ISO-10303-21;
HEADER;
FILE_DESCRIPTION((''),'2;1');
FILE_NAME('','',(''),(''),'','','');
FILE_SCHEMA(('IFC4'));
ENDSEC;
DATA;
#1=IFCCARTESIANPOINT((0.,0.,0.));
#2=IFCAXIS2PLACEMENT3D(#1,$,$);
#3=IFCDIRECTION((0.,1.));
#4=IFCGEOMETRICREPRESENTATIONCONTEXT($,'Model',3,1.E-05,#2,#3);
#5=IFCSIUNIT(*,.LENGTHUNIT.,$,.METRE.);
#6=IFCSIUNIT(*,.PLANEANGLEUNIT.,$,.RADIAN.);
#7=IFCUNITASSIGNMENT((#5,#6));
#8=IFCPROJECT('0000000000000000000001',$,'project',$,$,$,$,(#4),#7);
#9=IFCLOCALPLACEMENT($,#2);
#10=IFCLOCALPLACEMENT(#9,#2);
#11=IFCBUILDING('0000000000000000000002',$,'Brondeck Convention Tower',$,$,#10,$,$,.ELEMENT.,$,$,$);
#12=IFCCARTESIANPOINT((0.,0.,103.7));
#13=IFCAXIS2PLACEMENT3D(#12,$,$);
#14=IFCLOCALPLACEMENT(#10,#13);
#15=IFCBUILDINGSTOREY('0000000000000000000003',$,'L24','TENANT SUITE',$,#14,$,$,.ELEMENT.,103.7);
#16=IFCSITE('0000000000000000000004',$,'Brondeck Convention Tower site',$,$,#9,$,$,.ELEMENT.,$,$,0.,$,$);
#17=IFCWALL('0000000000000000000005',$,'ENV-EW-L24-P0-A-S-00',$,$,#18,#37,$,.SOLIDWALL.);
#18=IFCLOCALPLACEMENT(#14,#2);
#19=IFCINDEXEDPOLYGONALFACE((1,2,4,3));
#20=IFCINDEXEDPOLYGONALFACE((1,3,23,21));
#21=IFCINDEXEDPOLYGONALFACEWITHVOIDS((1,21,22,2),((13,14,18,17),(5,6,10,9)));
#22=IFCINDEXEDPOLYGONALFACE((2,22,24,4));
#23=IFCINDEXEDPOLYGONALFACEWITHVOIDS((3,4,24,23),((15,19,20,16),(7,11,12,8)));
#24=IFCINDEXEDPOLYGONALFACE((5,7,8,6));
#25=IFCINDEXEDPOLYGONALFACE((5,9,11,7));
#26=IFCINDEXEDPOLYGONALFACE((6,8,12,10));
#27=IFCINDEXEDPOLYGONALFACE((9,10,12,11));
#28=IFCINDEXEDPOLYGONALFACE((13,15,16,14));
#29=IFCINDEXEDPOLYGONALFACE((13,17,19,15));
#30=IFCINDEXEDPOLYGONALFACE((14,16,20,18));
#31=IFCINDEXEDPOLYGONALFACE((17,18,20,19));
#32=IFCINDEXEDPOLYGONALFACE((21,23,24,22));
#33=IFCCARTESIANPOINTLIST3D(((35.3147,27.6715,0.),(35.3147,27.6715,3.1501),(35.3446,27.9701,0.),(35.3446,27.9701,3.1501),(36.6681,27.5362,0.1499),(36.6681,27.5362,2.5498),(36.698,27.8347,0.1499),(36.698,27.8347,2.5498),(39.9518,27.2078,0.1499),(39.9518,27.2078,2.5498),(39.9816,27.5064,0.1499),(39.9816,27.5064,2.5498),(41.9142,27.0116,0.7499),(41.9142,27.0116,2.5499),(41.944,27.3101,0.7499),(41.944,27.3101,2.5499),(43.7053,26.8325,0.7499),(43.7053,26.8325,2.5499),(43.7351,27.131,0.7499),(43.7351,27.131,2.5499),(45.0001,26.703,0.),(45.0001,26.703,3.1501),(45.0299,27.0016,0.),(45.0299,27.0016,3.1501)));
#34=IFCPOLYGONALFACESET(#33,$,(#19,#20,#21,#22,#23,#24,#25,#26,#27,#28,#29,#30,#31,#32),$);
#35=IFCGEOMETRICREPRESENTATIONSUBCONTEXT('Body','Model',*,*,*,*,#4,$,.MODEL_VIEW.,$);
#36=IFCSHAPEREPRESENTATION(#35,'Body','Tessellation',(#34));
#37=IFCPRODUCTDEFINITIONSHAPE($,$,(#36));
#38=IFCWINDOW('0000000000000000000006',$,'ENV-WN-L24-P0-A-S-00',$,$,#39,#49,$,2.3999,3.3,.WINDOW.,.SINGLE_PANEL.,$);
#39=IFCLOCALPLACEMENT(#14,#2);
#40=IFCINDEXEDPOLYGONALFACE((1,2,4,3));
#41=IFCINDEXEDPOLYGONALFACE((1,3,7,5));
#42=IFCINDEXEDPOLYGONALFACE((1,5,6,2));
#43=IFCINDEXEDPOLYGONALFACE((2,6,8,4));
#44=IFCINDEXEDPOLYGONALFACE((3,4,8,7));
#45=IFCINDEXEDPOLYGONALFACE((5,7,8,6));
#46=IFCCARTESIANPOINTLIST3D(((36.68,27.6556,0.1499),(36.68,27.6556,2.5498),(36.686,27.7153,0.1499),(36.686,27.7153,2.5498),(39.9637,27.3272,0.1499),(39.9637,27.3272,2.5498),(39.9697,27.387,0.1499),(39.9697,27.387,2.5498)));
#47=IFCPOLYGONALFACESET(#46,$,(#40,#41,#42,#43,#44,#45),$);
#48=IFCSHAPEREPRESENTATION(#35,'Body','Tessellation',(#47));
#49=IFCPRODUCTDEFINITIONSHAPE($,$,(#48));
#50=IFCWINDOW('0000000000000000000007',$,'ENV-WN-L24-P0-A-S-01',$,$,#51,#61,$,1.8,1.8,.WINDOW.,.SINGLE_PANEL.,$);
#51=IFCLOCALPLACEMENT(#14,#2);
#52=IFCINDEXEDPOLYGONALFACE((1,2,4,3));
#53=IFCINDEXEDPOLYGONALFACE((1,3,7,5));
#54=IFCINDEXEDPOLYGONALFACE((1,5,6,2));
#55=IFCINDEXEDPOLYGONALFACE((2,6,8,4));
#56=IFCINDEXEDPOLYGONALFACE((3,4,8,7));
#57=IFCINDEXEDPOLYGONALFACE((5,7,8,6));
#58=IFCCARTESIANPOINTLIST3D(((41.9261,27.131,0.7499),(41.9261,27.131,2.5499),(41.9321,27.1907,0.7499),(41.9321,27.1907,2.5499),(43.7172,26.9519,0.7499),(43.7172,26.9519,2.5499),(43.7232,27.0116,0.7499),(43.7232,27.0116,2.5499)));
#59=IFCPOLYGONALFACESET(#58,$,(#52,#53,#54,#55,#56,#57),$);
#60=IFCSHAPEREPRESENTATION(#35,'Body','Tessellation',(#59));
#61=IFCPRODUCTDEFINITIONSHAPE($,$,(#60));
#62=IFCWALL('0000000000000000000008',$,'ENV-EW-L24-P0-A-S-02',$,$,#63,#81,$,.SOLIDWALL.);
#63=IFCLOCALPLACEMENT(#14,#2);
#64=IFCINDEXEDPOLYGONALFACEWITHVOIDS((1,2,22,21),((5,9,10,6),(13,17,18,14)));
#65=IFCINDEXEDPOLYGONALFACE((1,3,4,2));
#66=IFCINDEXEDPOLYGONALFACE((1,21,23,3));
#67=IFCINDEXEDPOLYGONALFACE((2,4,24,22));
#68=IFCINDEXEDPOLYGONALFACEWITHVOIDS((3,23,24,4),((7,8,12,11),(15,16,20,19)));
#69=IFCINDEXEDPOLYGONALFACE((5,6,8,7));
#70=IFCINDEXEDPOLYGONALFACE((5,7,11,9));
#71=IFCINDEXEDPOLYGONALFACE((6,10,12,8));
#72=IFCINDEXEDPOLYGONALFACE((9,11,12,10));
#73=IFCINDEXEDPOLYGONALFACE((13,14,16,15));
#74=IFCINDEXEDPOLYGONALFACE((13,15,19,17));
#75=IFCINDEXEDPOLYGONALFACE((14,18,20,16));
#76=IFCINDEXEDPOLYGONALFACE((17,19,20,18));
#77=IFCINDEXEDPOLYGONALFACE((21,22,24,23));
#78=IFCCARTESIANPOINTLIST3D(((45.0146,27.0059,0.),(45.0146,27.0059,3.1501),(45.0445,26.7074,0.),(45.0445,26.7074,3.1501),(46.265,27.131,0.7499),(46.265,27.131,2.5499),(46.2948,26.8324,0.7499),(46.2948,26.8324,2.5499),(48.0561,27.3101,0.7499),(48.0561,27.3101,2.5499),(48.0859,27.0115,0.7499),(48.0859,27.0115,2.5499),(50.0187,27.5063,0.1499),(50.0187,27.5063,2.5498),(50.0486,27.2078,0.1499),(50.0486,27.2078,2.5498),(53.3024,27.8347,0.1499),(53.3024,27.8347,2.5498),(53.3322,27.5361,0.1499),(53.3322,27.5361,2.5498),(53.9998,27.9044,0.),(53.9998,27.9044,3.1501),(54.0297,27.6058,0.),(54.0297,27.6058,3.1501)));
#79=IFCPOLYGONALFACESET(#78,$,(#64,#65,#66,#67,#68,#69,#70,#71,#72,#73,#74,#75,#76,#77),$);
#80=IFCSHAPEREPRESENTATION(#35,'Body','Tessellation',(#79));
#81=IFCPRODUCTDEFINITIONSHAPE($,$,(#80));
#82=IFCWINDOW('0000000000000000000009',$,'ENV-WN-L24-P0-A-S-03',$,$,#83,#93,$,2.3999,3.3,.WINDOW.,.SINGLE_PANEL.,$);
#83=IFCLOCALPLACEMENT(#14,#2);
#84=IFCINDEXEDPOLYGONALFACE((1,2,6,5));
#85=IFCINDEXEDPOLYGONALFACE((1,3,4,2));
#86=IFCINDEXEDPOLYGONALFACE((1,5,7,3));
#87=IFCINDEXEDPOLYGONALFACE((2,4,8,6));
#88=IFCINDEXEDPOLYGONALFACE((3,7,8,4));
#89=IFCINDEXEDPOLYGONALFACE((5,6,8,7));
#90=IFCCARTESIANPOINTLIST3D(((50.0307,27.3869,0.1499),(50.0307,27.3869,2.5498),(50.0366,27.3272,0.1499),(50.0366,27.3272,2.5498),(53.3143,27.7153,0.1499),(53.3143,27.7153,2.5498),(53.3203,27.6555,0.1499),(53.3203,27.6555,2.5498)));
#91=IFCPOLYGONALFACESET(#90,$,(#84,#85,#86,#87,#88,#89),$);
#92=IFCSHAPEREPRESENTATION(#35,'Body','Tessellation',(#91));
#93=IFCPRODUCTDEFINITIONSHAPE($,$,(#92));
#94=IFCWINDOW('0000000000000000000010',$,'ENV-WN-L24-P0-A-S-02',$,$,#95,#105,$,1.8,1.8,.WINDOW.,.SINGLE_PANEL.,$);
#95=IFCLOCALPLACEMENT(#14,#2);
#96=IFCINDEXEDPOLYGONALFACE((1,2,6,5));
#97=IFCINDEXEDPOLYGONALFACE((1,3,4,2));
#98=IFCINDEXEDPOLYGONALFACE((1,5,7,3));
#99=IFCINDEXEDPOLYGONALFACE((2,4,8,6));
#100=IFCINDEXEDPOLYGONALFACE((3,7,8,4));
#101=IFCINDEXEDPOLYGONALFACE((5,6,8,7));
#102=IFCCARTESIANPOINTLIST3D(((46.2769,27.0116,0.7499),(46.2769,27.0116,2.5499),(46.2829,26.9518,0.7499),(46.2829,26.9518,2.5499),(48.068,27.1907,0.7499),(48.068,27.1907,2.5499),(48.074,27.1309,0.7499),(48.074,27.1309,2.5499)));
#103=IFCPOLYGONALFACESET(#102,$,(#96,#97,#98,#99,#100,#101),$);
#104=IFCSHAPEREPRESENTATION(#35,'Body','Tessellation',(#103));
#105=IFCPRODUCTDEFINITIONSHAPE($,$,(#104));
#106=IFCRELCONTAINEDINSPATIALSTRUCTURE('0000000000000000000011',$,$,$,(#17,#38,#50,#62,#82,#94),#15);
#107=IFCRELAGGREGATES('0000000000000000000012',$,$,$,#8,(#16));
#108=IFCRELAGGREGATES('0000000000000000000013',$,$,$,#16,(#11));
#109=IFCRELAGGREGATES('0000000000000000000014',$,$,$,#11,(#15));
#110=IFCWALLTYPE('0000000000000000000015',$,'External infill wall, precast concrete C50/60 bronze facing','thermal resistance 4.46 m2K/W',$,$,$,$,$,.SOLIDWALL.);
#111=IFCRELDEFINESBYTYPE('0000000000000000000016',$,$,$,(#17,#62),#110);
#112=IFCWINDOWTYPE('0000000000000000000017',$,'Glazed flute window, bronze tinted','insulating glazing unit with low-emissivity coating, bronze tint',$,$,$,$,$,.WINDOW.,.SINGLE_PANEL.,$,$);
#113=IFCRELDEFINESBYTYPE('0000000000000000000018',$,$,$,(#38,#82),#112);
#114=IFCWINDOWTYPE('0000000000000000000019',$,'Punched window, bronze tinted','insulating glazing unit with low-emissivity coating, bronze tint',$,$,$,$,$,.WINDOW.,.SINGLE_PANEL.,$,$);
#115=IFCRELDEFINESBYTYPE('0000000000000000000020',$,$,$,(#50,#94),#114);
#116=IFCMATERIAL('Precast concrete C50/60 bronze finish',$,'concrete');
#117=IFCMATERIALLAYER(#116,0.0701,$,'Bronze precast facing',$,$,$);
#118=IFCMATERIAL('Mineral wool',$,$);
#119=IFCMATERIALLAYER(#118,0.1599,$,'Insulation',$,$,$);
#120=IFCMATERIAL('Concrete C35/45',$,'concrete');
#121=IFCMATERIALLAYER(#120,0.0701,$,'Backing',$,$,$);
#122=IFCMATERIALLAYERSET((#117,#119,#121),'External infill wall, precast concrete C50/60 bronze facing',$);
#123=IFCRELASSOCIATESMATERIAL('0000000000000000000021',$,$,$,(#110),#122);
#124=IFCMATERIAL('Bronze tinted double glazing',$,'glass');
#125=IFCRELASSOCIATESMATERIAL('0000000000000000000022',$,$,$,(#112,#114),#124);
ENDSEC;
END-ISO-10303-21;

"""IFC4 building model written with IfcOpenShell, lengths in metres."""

from ifc_helpers import new_model, si_unit, direction, frame, frame_2d, origin, place, context, subcontext, project, spatial, rectangle, extrude, material, layer, layer_set, type_object, element, fill, save


model = new_model("IFC4")

# Units and contexts
model_context = context("Model", 3, precision=1e-05, world=origin(), true_north=direction((0.0, 1.0)))
body_context = subcontext(model_context, "Body", "Model", "MODEL_VIEW")
ifc_project = project(units=[si_unit("LENGTHUNIT", "METRE"), si_unit("PLANEANGLEUNIT", "RADIAN")], contexts=[model_context])

# Site, building, storey
site_placement = place(None, origin())
site = spatial("IfcSite", under=ifc_project, at=site_placement, Name="Brondeck Convention Tower site", CompositionType="ELEMENT", RefElevation=0.0)
building_placement = place(site_placement, origin())
building = spatial("IfcBuilding", under=site, at=building_placement, Name="Brondeck Convention Tower", CompositionType="ELEMENT")
storey_placement = place(building_placement, frame((0.0, 0.0, 103.7)))
storey = spatial("IfcBuildingStorey", under=building, at=storey_placement, Name="L24", Description="TENANT SUITE", CompositionType="ELEMENT", Elevation=103.7)

# Walls, openings, windows
ifc_material_1 = material(Name="Precast concrete C50/60 bronze finish", Category="concrete")
ifc_layer_1 = layer(ifc_material_1, 0.0701, Name="Bronze precast facing")
ifc_material_2 = material(Name="Mineral wool")
ifc_layer_2 = layer(ifc_material_2, 0.1599, Name="Insulation")
ifc_material_3 = material(Name="Concrete C35/45", Category="concrete")
ifc_layer_3 = layer(ifc_material_3, 0.0701, Name="Backing")
ifc_layer_set = layer_set([ifc_layer_1, ifc_layer_2, ifc_layer_3], Name="External infill wall, precast concrete C50/60 bronze facing")
wall_type = type_object("IfcWallType", Name="External infill wall, precast concrete C50/60 bronze facing", Description="thermal resistance 4.46 m2K/W", PredefinedType="SOLIDWALL", material=ifc_layer_set)
wall_1_placement = place(storey_placement, frame((45.0149, 26.8523, 0.0), z_axis=(0.0, 0.0, 1.0), x_axis=(-0.995037, 0.099501, 0.0)))
wall_1 = element("IfcWall", 1, at=wall_1_placement, inside=storey, type_object=wall_type, Name="ENV-EW-L24-P0-A-S-00", PredefinedType="SOLIDWALL", context=body_context, shape_type="SweptSolid", body=[
    extrude(rectangle(XDim=9.7336, YDim=0.3, at=frame_2d((4.8667, 0.0))), origin(), (0.0, 0.0, 1.0), 3.1501),
])
opening_1_placement = place(wall_1_placement, frame((1.3013, 0.0, 0.75)))
opening_1 = element("IfcOpeningElement", 2, at=opening_1_placement, cuts=wall_1, PredefinedType="OPENING", context=body_context, shape_type="SweptSolid", body=[
    extrude(rectangle(XDim=1.8, YDim=1.8, at=frame_2d((0.8999, 0.8999))), frame((0.0, 0.1599, 0.0), z_axis=(0.0, -1.0, 0.0), x_axis=(1.0, 0.0, 0.0)), (0.0, 0.0, 1.0), 0.3201),
])
opening_2_placement = place(wall_1_placement, frame((5.0735, 0.0, 0.1499)))
opening_2 = element("IfcOpeningElement", 3, at=opening_2_placement, cuts=wall_1, PredefinedType="OPENING", context=body_context, shape_type="SweptSolid", body=[
    extrude(rectangle(XDim=3.3, YDim=2.3999, at=frame_2d((1.6499, 1.2))), frame((0.0, 0.1599, 0.0), z_axis=(0.0, -1.0, 0.0), x_axis=(1.0, 0.0, 0.0)), (0.0, 0.0, 1.0), 0.3201),
])
ifc_material_4 = material(Name="Bronze tinted double glazing", Category="glass")
window_type_1 = type_object("IfcWindowType", Name="Glazed flute window, bronze tinted", Description="insulating glazing unit with low-emissivity coating, bronze tint", PartitioningType="SINGLE_PANEL", PredefinedType="WINDOW", material=ifc_material_4)
window_1_placement = place(opening_2_placement, origin())
window_1 = element("IfcWindow", 4, at=window_1_placement, inside=storey, type_object=window_type_1, Name="ENV-WN-L24-P0-A-S-00", OverallHeight=2.3999, OverallWidth=3.3, PartitioningType="SINGLE_PANEL", PredefinedType="WINDOW", context=body_context, shape_type="SweptSolid", body=[
    extrude(rectangle(XDim=3.3, YDim=2.3999, at=frame_2d((1.6499, 1.2))), frame((0.0, 0.03, 0.0), z_axis=(0.0, -1.0, 0.0), x_axis=(1.0, 0.0, 0.0)), (0.0, 0.0, 1.0), 0.0601),
])
fill(opening_2, window_1)
window_type_2 = type_object("IfcWindowType", Name="Punched window, bronze tinted", Description="insulating glazing unit with low-emissivity coating, bronze tint", PartitioningType="SINGLE_PANEL", PredefinedType="WINDOW", material=ifc_material_4)
window_2_placement = place(opening_1_placement, origin())
window_2 = element("IfcWindow", 5, at=window_2_placement, inside=storey, type_object=window_type_2, Name="ENV-WN-L24-P0-A-S-01", OverallHeight=1.8, OverallWidth=1.8, PartitioningType="SINGLE_PANEL", PredefinedType="WINDOW", context=body_context, shape_type="SweptSolid", body=[
    extrude(rectangle(XDim=1.8, YDim=1.8, at=frame_2d((0.8999, 0.8999))), frame((0.0, 0.03, 0.0), z_axis=(0.0, -1.0, 0.0), x_axis=(1.0, 0.0, 0.0)), (0.0, 0.0, 1.0), 0.0601),
])
fill(opening_1, window_2)
wall_2_placement = place(storey_placement, frame((54.0149, 27.7551, 0.0), z_axis=(0.0, 0.0, 1.0), x_axis=(-0.995038, -0.099496, 0.0)))
wall_2 = element("IfcWall", 6, at=wall_2_placement, inside=storey, type_object=wall_type, Name="ENV-EW-L24-P0-A-S-02", PredefinedType="SOLIDWALL", context=body_context, shape_type="SweptSolid", body=[
    extrude(rectangle(XDim=9.03, YDim=0.3, at=frame_2d((4.5151, 0.0))), origin(), (0.0, 0.0, 1.0), 3.1501),
])
opening_3_placement = place(wall_2_placement, frame((0.7012, 0.0, 0.1499)))
opening_3 = element("IfcOpeningElement", 7, at=opening_3_placement, cuts=wall_2, PredefinedType="OPENING", context=body_context, shape_type="SweptSolid", body=[
    extrude(rectangle(XDim=3.3, YDim=2.3999, at=frame_2d((1.6499, 1.2))), frame((0.0, 0.1599, 0.0), z_axis=(0.0, -1.0, 0.0), x_axis=(1.0, 0.0, 0.0)), (0.0, 0.0, 1.0), 0.3201),
])
opening_4_placement = place(wall_2_placement, frame((5.9736, 0.0, 0.75)))
opening_4 = element("IfcOpeningElement", 8, at=opening_4_placement, cuts=wall_2, PredefinedType="OPENING", context=body_context, shape_type="SweptSolid", body=[
    extrude(rectangle(XDim=1.8, YDim=1.8, at=frame_2d((0.8999, 0.8999))), frame((0.0, 0.1599, 0.0), z_axis=(0.0, -1.0, 0.0), x_axis=(1.0, 0.0, 0.0)), (0.0, 0.0, 1.0), 0.3201),
])
window_3_placement = place(opening_3_placement, origin())
window_3 = element("IfcWindow", 9, at=window_3_placement, inside=storey, type_object=window_type_1, Name="ENV-WN-L24-P0-A-S-03", OverallHeight=2.3999, OverallWidth=3.3, PartitioningType="SINGLE_PANEL", PredefinedType="WINDOW", context=body_context, shape_type="SweptSolid", body=[
    extrude(rectangle(XDim=3.3, YDim=2.3999, at=frame_2d((1.6499, 1.2))), frame((0.0, 0.03, 0.0), z_axis=(0.0, -1.0, 0.0), x_axis=(1.0, 0.0, 0.0)), (0.0, 0.0, 1.0), 0.0601),
])
fill(opening_3, window_3)
window_4_placement = place(opening_4_placement, origin())
window_4 = element("IfcWindow", 10, at=window_4_placement, inside=storey, type_object=window_type_2, Name="ENV-WN-L24-P0-A-S-02", OverallHeight=1.8, OverallWidth=1.8, PartitioningType="SINGLE_PANEL", PredefinedType="WINDOW", context=body_context, shape_type="SweptSolid", body=[
    extrude(rectangle(XDim=1.8, YDim=1.8, at=frame_2d((0.8999, 0.8999))), frame((0.0, 0.03, 0.0), z_axis=(0.0, -1.0, 0.0), x_axis=(1.0, 0.0, 0.0)), (0.0, 0.0, 1.0), 0.0601),
])
fill(opening_4, window_4)

save(model, "model.ifc")
